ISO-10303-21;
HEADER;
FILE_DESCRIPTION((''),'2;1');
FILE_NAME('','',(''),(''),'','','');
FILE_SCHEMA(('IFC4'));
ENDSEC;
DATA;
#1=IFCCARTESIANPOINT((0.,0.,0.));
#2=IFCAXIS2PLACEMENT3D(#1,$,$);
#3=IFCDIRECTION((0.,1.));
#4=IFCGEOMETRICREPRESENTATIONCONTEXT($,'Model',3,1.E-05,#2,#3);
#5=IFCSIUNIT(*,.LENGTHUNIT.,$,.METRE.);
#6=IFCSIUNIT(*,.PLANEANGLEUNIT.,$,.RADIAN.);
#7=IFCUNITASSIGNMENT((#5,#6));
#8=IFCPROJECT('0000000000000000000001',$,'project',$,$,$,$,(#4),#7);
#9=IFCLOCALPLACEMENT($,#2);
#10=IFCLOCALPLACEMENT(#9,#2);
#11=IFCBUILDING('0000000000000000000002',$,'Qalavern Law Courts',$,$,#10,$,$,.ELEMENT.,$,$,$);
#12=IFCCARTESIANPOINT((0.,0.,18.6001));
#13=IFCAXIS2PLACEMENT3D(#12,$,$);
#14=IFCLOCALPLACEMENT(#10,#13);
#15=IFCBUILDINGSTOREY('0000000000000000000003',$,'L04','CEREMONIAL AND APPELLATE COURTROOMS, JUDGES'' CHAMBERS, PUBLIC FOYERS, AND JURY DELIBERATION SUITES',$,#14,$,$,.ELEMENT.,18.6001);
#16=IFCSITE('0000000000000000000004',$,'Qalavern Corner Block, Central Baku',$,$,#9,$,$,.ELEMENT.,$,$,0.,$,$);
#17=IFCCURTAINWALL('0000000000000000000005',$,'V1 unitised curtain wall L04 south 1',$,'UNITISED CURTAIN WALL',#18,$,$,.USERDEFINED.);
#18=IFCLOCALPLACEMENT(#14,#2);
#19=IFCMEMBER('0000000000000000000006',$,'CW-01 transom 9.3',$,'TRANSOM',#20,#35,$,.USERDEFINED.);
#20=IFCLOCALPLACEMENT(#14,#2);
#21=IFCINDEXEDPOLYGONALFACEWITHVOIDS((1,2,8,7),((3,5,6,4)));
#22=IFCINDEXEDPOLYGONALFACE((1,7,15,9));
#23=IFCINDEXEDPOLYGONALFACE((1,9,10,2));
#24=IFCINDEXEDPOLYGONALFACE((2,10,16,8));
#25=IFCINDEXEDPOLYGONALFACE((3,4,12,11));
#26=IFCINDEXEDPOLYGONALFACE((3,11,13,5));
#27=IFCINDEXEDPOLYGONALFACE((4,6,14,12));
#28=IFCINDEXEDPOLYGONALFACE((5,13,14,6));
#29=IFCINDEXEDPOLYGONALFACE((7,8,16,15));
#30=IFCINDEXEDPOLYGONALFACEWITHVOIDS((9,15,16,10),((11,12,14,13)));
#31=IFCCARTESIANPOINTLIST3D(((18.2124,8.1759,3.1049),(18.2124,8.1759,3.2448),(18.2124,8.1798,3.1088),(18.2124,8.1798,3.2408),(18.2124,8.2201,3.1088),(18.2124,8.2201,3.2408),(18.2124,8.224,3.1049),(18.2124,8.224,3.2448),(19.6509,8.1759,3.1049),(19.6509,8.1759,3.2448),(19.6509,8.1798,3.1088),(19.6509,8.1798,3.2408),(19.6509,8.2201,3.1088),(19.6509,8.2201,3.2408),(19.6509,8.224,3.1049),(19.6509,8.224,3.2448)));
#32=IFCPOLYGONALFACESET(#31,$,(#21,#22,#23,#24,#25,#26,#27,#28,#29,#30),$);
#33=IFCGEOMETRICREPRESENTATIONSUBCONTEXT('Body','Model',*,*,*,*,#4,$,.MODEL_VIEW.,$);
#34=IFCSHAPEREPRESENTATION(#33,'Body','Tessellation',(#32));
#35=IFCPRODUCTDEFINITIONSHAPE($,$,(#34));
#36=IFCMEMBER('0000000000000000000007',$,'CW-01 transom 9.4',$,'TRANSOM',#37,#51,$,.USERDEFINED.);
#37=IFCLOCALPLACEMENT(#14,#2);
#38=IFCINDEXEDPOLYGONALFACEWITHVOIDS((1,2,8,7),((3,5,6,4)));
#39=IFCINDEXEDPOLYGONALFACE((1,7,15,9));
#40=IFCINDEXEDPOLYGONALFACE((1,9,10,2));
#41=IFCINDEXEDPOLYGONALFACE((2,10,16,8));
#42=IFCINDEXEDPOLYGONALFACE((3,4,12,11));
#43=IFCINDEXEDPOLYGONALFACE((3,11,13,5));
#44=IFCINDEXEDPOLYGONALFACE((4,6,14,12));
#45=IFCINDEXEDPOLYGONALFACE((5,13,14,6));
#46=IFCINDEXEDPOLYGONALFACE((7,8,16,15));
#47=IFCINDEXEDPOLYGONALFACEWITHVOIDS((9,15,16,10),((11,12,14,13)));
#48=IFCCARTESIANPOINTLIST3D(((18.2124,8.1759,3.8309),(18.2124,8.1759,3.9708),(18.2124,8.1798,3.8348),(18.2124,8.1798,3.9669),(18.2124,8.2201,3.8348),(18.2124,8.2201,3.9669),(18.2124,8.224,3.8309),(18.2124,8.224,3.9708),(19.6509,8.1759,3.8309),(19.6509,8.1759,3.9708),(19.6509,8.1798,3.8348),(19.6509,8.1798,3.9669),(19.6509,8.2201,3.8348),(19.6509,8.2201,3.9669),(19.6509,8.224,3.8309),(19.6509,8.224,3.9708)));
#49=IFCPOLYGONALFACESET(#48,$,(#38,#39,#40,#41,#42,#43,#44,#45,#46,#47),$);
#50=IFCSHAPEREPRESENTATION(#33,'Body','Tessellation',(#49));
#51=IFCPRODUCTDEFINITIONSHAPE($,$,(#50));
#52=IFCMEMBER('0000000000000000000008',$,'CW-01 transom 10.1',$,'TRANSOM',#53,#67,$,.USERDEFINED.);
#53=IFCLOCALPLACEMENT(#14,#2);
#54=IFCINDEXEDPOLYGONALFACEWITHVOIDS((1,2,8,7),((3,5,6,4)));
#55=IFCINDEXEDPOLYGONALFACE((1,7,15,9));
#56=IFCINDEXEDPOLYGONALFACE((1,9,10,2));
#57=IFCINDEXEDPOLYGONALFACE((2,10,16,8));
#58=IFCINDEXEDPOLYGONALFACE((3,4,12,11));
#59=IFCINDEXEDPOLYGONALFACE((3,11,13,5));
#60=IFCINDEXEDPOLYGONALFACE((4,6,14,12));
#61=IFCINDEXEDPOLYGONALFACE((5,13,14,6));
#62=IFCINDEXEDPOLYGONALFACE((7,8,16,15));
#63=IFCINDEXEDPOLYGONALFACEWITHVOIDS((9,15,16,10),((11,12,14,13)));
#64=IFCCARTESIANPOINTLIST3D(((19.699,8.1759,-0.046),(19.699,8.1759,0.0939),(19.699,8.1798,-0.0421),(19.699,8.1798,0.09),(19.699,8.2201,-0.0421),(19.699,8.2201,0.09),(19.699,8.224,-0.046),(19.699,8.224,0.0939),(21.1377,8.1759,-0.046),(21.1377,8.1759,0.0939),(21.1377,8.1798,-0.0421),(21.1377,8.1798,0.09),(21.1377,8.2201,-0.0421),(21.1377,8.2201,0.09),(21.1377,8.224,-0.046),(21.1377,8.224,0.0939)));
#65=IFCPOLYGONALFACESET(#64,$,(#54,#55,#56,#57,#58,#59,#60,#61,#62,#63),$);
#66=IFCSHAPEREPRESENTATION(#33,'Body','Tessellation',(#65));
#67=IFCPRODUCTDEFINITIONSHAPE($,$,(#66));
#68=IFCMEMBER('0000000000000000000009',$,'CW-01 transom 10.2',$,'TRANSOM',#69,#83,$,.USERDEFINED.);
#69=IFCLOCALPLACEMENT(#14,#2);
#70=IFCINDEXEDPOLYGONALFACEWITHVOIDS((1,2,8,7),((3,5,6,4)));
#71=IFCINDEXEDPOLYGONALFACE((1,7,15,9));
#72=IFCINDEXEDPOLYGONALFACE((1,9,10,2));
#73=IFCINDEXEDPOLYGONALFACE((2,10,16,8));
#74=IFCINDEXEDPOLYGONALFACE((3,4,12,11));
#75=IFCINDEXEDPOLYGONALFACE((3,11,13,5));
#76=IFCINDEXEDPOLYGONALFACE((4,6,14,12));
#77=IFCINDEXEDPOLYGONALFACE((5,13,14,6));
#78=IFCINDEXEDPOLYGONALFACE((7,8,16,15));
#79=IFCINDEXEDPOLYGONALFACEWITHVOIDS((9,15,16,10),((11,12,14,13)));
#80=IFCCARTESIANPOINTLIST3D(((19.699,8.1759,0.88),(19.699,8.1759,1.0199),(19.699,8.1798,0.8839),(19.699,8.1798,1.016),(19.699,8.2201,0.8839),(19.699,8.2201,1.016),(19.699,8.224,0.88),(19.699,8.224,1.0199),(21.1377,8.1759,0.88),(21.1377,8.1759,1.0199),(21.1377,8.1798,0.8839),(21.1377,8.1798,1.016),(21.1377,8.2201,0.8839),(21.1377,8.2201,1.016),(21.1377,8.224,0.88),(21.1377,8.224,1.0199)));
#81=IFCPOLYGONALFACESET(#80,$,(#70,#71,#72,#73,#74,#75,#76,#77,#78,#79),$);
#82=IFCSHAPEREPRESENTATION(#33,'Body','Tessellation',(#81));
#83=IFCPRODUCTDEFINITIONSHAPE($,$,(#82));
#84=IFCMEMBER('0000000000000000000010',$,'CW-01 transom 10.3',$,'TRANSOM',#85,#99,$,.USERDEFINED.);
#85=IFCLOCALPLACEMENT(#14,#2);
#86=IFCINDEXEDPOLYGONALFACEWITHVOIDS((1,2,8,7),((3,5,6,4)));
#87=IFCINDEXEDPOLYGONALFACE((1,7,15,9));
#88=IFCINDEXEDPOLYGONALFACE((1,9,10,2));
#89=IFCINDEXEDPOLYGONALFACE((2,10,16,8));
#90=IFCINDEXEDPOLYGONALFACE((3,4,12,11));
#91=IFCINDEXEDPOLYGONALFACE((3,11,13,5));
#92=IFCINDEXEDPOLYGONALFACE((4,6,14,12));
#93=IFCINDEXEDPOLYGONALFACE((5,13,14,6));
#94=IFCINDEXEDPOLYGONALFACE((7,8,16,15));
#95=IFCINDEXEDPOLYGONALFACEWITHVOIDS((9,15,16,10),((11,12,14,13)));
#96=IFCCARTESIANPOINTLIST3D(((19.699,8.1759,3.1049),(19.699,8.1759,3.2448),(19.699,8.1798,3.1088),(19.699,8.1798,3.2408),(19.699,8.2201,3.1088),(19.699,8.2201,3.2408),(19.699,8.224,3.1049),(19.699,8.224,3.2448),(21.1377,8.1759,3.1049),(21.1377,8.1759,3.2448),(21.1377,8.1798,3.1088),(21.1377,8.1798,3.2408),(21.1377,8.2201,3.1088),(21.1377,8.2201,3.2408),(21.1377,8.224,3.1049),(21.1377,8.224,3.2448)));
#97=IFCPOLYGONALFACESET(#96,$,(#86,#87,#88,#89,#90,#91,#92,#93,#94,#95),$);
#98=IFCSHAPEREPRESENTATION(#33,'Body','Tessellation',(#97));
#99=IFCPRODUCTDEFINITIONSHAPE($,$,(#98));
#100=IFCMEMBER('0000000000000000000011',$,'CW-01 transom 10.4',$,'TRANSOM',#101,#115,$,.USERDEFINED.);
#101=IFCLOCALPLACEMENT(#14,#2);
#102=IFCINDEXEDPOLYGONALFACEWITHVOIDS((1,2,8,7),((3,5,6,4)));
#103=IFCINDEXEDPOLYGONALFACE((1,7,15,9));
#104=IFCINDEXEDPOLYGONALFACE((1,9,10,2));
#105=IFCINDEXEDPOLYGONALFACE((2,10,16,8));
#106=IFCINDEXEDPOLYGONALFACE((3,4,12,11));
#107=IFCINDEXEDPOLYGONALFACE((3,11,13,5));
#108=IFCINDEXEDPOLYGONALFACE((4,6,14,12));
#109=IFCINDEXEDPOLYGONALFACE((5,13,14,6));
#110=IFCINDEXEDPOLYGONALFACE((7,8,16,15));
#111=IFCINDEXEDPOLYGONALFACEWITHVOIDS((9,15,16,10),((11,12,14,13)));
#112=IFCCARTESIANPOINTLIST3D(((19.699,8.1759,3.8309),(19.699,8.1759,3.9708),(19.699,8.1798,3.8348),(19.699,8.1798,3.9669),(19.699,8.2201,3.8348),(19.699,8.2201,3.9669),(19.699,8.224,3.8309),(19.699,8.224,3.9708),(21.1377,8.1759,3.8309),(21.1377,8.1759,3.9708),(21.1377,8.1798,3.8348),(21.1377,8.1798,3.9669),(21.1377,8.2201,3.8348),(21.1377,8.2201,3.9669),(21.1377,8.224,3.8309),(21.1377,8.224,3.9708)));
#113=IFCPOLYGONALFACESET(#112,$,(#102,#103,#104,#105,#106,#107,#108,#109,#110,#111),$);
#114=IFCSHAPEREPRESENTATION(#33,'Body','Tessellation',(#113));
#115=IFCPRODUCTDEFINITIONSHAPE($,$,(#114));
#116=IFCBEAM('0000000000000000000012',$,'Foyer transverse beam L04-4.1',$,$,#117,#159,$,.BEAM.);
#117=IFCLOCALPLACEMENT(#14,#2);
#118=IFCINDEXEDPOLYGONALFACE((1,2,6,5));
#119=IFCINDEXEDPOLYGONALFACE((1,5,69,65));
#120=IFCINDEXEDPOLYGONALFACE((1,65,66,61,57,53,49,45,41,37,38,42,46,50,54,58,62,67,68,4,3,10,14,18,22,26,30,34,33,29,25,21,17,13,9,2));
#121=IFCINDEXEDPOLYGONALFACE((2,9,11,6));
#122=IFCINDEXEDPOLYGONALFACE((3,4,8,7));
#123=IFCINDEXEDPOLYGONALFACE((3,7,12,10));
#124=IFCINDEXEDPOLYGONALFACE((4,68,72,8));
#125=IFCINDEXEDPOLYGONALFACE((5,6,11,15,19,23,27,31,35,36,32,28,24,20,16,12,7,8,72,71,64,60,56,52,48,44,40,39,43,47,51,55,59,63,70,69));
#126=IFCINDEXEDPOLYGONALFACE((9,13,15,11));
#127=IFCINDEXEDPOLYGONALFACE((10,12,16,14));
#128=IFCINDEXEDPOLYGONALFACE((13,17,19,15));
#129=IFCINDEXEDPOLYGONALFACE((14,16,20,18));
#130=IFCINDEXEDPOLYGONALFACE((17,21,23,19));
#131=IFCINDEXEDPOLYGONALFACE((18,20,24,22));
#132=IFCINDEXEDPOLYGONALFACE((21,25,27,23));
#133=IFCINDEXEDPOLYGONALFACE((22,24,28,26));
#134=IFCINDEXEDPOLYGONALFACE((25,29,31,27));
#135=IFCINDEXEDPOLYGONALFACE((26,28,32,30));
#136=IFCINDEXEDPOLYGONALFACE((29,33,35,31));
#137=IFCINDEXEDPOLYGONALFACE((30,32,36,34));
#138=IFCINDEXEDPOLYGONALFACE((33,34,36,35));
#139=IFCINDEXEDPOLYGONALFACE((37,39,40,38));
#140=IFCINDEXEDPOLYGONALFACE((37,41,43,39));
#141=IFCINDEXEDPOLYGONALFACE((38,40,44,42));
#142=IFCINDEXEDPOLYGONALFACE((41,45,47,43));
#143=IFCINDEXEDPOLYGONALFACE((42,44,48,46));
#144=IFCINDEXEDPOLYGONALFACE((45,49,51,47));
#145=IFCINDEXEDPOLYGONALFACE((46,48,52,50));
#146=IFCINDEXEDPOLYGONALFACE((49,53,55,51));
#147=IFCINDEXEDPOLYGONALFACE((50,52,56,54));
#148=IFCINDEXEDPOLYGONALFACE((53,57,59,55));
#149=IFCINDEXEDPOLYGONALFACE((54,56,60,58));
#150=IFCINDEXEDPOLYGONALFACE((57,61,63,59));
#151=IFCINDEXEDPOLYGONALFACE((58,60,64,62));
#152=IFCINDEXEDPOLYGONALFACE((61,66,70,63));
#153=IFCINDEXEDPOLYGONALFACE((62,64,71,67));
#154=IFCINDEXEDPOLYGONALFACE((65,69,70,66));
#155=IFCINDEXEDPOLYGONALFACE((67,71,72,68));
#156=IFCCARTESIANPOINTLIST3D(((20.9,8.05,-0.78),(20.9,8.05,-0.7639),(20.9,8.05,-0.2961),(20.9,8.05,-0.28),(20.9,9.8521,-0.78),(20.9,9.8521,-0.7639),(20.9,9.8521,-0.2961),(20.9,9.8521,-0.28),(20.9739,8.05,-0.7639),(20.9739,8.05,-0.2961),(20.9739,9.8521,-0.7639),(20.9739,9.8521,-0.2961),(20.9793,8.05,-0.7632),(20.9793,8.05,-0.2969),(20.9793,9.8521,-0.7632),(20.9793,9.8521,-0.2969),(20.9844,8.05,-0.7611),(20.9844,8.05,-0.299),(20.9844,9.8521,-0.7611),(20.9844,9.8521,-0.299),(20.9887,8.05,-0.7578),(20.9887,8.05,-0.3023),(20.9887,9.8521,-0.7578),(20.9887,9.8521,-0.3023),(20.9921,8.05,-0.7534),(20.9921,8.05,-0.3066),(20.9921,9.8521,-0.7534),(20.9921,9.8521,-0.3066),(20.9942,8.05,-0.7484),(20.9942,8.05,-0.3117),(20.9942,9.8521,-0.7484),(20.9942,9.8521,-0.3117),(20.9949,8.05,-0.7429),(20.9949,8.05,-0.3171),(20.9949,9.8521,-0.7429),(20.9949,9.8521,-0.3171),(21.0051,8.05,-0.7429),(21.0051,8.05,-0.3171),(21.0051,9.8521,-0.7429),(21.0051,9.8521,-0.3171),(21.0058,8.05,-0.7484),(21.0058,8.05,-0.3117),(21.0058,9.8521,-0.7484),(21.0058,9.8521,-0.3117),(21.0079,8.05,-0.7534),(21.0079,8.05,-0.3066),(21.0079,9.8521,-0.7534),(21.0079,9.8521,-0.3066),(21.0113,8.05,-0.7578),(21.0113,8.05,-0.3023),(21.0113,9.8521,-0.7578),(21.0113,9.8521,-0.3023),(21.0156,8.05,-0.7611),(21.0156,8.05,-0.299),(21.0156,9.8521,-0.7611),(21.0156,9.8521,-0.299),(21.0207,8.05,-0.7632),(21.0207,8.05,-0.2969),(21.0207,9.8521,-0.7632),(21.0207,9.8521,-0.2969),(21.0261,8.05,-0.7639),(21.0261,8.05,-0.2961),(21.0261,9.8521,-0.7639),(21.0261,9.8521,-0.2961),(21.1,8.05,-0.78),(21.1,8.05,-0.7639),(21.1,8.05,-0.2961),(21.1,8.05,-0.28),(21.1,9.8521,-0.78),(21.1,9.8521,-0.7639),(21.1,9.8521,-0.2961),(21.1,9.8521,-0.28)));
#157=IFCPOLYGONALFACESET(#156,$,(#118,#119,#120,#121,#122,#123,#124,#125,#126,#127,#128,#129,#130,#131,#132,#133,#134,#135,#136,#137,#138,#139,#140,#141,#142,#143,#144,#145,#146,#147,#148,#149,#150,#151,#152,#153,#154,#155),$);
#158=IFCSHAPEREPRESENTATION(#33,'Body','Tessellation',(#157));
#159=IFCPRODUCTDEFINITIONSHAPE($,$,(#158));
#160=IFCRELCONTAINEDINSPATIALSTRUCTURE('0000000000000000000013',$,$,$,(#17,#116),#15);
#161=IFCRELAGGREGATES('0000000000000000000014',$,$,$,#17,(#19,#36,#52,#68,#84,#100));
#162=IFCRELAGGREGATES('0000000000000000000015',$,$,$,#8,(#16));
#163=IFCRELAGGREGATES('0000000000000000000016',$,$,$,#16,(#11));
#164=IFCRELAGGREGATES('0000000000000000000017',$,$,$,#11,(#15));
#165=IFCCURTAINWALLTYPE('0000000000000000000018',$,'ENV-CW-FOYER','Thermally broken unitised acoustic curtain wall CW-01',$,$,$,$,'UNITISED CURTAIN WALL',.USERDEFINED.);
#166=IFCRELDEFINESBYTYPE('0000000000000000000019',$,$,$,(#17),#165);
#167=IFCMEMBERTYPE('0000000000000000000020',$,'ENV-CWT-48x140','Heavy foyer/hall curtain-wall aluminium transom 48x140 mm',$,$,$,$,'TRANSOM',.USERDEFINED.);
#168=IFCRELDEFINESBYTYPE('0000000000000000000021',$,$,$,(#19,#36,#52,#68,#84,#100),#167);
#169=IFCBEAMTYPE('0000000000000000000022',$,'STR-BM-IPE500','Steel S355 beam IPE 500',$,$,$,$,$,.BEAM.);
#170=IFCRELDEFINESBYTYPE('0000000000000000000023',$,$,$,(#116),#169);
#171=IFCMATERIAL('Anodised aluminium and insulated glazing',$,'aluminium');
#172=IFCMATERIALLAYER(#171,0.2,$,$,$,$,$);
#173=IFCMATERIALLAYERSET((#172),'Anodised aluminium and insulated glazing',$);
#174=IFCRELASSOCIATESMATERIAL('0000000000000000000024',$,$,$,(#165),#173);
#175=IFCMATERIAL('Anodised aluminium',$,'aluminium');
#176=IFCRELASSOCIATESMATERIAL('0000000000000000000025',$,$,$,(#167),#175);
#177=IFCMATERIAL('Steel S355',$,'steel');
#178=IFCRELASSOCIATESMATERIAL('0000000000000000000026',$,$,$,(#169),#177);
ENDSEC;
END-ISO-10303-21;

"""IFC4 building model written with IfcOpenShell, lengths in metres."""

from ifc_helpers import new_model, si_unit, direction, frame, origin, origin_2d, place, context, subcontext, project, spatial, hollow_rectangle, i_section, extrude, material, layer, layer_set, material_profile, profile_set, type_object, element, aggregate, save


model = new_model("IFC4")

# Units and contexts
model_context = context("Model", 3, precision=1e-05, world=origin(), true_north=direction((0.0, 1.0)))
body_context = subcontext(model_context, "Body", "Model", "MODEL_VIEW")
ifc_project = project(units=[si_unit("LENGTHUNIT", "METRE"), si_unit("PLANEANGLEUNIT", "RADIAN")], contexts=[model_context])

# Site, building, storey
site_placement = place(None, origin())
site = spatial("IfcSite", under=ifc_project, at=site_placement, Name="Qalavern Corner Block, Central Baku", CompositionType="ELEMENT", RefElevation=0.0)
building_placement = place(site_placement, origin())
building = spatial("IfcBuilding", under=site, at=building_placement, Name="Qalavern Law Courts", CompositionType="ELEMENT")
storey_placement = place(building_placement, frame((0.0, 0.0, 18.6001)))
storey = spatial("IfcBuildingStorey", under=building, at=storey_placement, Name="L04", Description="CEREMONIAL AND APPELLATE COURTROOMS, JUDGES' CHAMBERS, PUBLIC FOYERS, AND JURY DELIBERATION SUITES", CompositionType="ELEMENT", Elevation=18.6001)

# Curtain wall, members
ifc_material_1 = material(Name="Anodised aluminium and insulated glazing", Category="aluminium")
ifc_layer_1 = layer(ifc_material_1, 0.2)
ifc_layer_set_1 = layer_set([ifc_layer_1], Name="Anodised aluminium and insulated glazing")
curtain_wall_type = type_object("IfcCurtainWallType", Name="ENV-CW-FOYER", Description="Thermally broken unitised acoustic curtain wall CW-01", ElementType="UNITISED CURTAIN WALL", PredefinedType="USERDEFINED", material=ifc_layer_set_1)
curtain_wall_placement = place(storey_placement, origin())
curtain_wall = element("IfcCurtainWall", 1, at=curtain_wall_placement, inside=storey, type_object=curtain_wall_type, Name="V1 unitised curtain wall L04 south 1", ObjectType="UNITISED CURTAIN WALL", PredefinedType="USERDEFINED")
ifc_material_2 = material(Name="Anodised aluminium", Category="aluminium")
ifc_material_profile_1 = material_profile(ifc_material_2, hollow_rectangle(XDim=0.0481, YDim=0.1399, WallThickness=0.0039, at=origin_2d()), Name="ALU TRANSOM 48x140")
ifc_profile_set_1 = profile_set([ifc_material_profile_1], Name="Anodised aluminium")
member_type_1 = type_object("IfcMemberType", Name="ENV-CWT-48x140", Description="Heavy foyer/hall curtain-wall aluminium transom 48x140 mm", ElementType="TRANSOM", PredefinedType="USERDEFINED", material=ifc_profile_set_1)
member_1_placement = place(storey_placement, frame((18.2124, 8.2, 3.1748), z_axis=(1.0, 0.0, 0.0), x_axis=(0.0, 1.0, 0.0)))
member_1 = element("IfcMember", 2, at=member_1_placement, type_object=member_type_1, Name="CW-01 transom 9.3", ObjectType="TRANSOM", PredefinedType="USERDEFINED", context=body_context, shape_type="SweptSolid", body=[
    extrude(hollow_rectangle(XDim=0.0481, YDim=0.1399, WallThickness=0.0039, at=origin_2d()), origin(), (0.0, 0.0, 1.0), 1.4385),
])
member_2_placement = place(storey_placement, frame((18.2124, 8.2, 3.9009), z_axis=(1.0, 0.0, 0.0), x_axis=(0.0, 1.0, 0.0)))
member_2 = element("IfcMember", 3, at=member_2_placement, type_object=member_type_1, Name="CW-01 transom 9.4", ObjectType="TRANSOM", PredefinedType="USERDEFINED", context=body_context, shape_type="SweptSolid", body=[
    extrude(hollow_rectangle(XDim=0.0481, YDim=0.1399, WallThickness=0.0039, at=origin_2d()), origin(), (0.0, 0.0, 1.0), 1.4385),
])
member_3_placement = place(storey_placement, frame((19.699, 8.2, 0.0239), z_axis=(1.0, 0.0, 0.0), x_axis=(0.0, 1.0, 0.0)))
member_3 = element("IfcMember", 4, at=member_3_placement, type_object=member_type_1, Name="CW-01 transom 10.1", ObjectType="TRANSOM", PredefinedType="USERDEFINED", context=body_context, shape_type="SweptSolid", body=[
    extrude(hollow_rectangle(XDim=0.0481, YDim=0.1399, WallThickness=0.0039, at=origin_2d()), origin(), (0.0, 0.0, 1.0), 1.4387),
])
member_4_placement = place(storey_placement, frame((19.699, 8.2, 0.95), z_axis=(1.0, 0.0, 0.0), x_axis=(0.0, 1.0, 0.0)))
member_4 = element("IfcMember", 5, at=member_4_placement, type_object=member_type_1, Name="CW-01 transom 10.2", ObjectType="TRANSOM", PredefinedType="USERDEFINED", context=body_context, shape_type="SweptSolid", body=[
    extrude(hollow_rectangle(XDim=0.0481, YDim=0.1399, WallThickness=0.0039, at=origin_2d()), origin(), (0.0, 0.0, 1.0), 1.4387),
])
member_5_placement = place(storey_placement, frame((19.699, 8.2, 3.1748), z_axis=(1.0, 0.0, 0.0), x_axis=(0.0, 1.0, 0.0)))
member_5 = element("IfcMember", 6, at=member_5_placement, type_object=member_type_1, Name="CW-01 transom 10.3", ObjectType="TRANSOM", PredefinedType="USERDEFINED", context=body_context, shape_type="SweptSolid", body=[
    extrude(hollow_rectangle(XDim=0.0481, YDim=0.1399, WallThickness=0.0039, at=origin_2d()), origin(), (0.0, 0.0, 1.0), 1.4387),
])
member_6_placement = place(storey_placement, frame((19.699, 8.2, 3.9009), z_axis=(1.0, 0.0, 0.0), x_axis=(0.0, 1.0, 0.0)))
member_6 = element("IfcMember", 7, at=member_6_placement, type_object=member_type_1, Name="CW-01 transom 10.4", ObjectType="TRANSOM", PredefinedType="USERDEFINED", context=body_context, shape_type="SweptSolid", body=[
    extrude(hollow_rectangle(XDim=0.0481, YDim=0.1399, WallThickness=0.0039, at=origin_2d()), origin(), (0.0, 0.0, 1.0), 1.4387),
])

# Beam
ifc_material_3 = material(Name="Steel S355", Category="steel")
ifc_material_profile_2 = material_profile(ifc_material_3, i_section(OverallWidth=0.2, OverallDepth=0.5, WebThickness=0.0103, FlangeThickness=0.0161, FilletRadius=0.021, at=origin_2d()), Name="IPE 500")
ifc_profile_set_2 = profile_set([ifc_material_profile_2], Name="Steel S355")
beam_type = type_object("IfcBeamType", Name="STR-BM-IPE500", Description="Steel S355 beam IPE 500", PredefinedType="BEAM", material=ifc_profile_set_2)
for number, where, z_axis, x_axis, name in (
    (8, (21.0, 8.05, -0.53), (0.0, 1.0, 0.0), (-1.0, 0.0, 0.0), "Foyer transverse beam L04-4.1"),
):
    element("IfcBeam", number, at=place(storey_placement, frame(where, z_axis=z_axis, x_axis=x_axis)), inside=storey, type_object=beam_type, Name=name, PredefinedType="BEAM", context=body_context, shape_type="SweptSolid", body=[
        extrude(i_section(OverallWidth=0.2, OverallDepth=0.5, WebThickness=0.0103, FlangeThickness=0.0161, FilletRadius=0.021, at=origin_2d()), origin(), (0.0, 0.0, 1.0), 1.802),
    ])

aggregate(curtain_wall, [member_1, member_2, member_3, member_4, member_5, member_6])

save(model, "model.ifc")
